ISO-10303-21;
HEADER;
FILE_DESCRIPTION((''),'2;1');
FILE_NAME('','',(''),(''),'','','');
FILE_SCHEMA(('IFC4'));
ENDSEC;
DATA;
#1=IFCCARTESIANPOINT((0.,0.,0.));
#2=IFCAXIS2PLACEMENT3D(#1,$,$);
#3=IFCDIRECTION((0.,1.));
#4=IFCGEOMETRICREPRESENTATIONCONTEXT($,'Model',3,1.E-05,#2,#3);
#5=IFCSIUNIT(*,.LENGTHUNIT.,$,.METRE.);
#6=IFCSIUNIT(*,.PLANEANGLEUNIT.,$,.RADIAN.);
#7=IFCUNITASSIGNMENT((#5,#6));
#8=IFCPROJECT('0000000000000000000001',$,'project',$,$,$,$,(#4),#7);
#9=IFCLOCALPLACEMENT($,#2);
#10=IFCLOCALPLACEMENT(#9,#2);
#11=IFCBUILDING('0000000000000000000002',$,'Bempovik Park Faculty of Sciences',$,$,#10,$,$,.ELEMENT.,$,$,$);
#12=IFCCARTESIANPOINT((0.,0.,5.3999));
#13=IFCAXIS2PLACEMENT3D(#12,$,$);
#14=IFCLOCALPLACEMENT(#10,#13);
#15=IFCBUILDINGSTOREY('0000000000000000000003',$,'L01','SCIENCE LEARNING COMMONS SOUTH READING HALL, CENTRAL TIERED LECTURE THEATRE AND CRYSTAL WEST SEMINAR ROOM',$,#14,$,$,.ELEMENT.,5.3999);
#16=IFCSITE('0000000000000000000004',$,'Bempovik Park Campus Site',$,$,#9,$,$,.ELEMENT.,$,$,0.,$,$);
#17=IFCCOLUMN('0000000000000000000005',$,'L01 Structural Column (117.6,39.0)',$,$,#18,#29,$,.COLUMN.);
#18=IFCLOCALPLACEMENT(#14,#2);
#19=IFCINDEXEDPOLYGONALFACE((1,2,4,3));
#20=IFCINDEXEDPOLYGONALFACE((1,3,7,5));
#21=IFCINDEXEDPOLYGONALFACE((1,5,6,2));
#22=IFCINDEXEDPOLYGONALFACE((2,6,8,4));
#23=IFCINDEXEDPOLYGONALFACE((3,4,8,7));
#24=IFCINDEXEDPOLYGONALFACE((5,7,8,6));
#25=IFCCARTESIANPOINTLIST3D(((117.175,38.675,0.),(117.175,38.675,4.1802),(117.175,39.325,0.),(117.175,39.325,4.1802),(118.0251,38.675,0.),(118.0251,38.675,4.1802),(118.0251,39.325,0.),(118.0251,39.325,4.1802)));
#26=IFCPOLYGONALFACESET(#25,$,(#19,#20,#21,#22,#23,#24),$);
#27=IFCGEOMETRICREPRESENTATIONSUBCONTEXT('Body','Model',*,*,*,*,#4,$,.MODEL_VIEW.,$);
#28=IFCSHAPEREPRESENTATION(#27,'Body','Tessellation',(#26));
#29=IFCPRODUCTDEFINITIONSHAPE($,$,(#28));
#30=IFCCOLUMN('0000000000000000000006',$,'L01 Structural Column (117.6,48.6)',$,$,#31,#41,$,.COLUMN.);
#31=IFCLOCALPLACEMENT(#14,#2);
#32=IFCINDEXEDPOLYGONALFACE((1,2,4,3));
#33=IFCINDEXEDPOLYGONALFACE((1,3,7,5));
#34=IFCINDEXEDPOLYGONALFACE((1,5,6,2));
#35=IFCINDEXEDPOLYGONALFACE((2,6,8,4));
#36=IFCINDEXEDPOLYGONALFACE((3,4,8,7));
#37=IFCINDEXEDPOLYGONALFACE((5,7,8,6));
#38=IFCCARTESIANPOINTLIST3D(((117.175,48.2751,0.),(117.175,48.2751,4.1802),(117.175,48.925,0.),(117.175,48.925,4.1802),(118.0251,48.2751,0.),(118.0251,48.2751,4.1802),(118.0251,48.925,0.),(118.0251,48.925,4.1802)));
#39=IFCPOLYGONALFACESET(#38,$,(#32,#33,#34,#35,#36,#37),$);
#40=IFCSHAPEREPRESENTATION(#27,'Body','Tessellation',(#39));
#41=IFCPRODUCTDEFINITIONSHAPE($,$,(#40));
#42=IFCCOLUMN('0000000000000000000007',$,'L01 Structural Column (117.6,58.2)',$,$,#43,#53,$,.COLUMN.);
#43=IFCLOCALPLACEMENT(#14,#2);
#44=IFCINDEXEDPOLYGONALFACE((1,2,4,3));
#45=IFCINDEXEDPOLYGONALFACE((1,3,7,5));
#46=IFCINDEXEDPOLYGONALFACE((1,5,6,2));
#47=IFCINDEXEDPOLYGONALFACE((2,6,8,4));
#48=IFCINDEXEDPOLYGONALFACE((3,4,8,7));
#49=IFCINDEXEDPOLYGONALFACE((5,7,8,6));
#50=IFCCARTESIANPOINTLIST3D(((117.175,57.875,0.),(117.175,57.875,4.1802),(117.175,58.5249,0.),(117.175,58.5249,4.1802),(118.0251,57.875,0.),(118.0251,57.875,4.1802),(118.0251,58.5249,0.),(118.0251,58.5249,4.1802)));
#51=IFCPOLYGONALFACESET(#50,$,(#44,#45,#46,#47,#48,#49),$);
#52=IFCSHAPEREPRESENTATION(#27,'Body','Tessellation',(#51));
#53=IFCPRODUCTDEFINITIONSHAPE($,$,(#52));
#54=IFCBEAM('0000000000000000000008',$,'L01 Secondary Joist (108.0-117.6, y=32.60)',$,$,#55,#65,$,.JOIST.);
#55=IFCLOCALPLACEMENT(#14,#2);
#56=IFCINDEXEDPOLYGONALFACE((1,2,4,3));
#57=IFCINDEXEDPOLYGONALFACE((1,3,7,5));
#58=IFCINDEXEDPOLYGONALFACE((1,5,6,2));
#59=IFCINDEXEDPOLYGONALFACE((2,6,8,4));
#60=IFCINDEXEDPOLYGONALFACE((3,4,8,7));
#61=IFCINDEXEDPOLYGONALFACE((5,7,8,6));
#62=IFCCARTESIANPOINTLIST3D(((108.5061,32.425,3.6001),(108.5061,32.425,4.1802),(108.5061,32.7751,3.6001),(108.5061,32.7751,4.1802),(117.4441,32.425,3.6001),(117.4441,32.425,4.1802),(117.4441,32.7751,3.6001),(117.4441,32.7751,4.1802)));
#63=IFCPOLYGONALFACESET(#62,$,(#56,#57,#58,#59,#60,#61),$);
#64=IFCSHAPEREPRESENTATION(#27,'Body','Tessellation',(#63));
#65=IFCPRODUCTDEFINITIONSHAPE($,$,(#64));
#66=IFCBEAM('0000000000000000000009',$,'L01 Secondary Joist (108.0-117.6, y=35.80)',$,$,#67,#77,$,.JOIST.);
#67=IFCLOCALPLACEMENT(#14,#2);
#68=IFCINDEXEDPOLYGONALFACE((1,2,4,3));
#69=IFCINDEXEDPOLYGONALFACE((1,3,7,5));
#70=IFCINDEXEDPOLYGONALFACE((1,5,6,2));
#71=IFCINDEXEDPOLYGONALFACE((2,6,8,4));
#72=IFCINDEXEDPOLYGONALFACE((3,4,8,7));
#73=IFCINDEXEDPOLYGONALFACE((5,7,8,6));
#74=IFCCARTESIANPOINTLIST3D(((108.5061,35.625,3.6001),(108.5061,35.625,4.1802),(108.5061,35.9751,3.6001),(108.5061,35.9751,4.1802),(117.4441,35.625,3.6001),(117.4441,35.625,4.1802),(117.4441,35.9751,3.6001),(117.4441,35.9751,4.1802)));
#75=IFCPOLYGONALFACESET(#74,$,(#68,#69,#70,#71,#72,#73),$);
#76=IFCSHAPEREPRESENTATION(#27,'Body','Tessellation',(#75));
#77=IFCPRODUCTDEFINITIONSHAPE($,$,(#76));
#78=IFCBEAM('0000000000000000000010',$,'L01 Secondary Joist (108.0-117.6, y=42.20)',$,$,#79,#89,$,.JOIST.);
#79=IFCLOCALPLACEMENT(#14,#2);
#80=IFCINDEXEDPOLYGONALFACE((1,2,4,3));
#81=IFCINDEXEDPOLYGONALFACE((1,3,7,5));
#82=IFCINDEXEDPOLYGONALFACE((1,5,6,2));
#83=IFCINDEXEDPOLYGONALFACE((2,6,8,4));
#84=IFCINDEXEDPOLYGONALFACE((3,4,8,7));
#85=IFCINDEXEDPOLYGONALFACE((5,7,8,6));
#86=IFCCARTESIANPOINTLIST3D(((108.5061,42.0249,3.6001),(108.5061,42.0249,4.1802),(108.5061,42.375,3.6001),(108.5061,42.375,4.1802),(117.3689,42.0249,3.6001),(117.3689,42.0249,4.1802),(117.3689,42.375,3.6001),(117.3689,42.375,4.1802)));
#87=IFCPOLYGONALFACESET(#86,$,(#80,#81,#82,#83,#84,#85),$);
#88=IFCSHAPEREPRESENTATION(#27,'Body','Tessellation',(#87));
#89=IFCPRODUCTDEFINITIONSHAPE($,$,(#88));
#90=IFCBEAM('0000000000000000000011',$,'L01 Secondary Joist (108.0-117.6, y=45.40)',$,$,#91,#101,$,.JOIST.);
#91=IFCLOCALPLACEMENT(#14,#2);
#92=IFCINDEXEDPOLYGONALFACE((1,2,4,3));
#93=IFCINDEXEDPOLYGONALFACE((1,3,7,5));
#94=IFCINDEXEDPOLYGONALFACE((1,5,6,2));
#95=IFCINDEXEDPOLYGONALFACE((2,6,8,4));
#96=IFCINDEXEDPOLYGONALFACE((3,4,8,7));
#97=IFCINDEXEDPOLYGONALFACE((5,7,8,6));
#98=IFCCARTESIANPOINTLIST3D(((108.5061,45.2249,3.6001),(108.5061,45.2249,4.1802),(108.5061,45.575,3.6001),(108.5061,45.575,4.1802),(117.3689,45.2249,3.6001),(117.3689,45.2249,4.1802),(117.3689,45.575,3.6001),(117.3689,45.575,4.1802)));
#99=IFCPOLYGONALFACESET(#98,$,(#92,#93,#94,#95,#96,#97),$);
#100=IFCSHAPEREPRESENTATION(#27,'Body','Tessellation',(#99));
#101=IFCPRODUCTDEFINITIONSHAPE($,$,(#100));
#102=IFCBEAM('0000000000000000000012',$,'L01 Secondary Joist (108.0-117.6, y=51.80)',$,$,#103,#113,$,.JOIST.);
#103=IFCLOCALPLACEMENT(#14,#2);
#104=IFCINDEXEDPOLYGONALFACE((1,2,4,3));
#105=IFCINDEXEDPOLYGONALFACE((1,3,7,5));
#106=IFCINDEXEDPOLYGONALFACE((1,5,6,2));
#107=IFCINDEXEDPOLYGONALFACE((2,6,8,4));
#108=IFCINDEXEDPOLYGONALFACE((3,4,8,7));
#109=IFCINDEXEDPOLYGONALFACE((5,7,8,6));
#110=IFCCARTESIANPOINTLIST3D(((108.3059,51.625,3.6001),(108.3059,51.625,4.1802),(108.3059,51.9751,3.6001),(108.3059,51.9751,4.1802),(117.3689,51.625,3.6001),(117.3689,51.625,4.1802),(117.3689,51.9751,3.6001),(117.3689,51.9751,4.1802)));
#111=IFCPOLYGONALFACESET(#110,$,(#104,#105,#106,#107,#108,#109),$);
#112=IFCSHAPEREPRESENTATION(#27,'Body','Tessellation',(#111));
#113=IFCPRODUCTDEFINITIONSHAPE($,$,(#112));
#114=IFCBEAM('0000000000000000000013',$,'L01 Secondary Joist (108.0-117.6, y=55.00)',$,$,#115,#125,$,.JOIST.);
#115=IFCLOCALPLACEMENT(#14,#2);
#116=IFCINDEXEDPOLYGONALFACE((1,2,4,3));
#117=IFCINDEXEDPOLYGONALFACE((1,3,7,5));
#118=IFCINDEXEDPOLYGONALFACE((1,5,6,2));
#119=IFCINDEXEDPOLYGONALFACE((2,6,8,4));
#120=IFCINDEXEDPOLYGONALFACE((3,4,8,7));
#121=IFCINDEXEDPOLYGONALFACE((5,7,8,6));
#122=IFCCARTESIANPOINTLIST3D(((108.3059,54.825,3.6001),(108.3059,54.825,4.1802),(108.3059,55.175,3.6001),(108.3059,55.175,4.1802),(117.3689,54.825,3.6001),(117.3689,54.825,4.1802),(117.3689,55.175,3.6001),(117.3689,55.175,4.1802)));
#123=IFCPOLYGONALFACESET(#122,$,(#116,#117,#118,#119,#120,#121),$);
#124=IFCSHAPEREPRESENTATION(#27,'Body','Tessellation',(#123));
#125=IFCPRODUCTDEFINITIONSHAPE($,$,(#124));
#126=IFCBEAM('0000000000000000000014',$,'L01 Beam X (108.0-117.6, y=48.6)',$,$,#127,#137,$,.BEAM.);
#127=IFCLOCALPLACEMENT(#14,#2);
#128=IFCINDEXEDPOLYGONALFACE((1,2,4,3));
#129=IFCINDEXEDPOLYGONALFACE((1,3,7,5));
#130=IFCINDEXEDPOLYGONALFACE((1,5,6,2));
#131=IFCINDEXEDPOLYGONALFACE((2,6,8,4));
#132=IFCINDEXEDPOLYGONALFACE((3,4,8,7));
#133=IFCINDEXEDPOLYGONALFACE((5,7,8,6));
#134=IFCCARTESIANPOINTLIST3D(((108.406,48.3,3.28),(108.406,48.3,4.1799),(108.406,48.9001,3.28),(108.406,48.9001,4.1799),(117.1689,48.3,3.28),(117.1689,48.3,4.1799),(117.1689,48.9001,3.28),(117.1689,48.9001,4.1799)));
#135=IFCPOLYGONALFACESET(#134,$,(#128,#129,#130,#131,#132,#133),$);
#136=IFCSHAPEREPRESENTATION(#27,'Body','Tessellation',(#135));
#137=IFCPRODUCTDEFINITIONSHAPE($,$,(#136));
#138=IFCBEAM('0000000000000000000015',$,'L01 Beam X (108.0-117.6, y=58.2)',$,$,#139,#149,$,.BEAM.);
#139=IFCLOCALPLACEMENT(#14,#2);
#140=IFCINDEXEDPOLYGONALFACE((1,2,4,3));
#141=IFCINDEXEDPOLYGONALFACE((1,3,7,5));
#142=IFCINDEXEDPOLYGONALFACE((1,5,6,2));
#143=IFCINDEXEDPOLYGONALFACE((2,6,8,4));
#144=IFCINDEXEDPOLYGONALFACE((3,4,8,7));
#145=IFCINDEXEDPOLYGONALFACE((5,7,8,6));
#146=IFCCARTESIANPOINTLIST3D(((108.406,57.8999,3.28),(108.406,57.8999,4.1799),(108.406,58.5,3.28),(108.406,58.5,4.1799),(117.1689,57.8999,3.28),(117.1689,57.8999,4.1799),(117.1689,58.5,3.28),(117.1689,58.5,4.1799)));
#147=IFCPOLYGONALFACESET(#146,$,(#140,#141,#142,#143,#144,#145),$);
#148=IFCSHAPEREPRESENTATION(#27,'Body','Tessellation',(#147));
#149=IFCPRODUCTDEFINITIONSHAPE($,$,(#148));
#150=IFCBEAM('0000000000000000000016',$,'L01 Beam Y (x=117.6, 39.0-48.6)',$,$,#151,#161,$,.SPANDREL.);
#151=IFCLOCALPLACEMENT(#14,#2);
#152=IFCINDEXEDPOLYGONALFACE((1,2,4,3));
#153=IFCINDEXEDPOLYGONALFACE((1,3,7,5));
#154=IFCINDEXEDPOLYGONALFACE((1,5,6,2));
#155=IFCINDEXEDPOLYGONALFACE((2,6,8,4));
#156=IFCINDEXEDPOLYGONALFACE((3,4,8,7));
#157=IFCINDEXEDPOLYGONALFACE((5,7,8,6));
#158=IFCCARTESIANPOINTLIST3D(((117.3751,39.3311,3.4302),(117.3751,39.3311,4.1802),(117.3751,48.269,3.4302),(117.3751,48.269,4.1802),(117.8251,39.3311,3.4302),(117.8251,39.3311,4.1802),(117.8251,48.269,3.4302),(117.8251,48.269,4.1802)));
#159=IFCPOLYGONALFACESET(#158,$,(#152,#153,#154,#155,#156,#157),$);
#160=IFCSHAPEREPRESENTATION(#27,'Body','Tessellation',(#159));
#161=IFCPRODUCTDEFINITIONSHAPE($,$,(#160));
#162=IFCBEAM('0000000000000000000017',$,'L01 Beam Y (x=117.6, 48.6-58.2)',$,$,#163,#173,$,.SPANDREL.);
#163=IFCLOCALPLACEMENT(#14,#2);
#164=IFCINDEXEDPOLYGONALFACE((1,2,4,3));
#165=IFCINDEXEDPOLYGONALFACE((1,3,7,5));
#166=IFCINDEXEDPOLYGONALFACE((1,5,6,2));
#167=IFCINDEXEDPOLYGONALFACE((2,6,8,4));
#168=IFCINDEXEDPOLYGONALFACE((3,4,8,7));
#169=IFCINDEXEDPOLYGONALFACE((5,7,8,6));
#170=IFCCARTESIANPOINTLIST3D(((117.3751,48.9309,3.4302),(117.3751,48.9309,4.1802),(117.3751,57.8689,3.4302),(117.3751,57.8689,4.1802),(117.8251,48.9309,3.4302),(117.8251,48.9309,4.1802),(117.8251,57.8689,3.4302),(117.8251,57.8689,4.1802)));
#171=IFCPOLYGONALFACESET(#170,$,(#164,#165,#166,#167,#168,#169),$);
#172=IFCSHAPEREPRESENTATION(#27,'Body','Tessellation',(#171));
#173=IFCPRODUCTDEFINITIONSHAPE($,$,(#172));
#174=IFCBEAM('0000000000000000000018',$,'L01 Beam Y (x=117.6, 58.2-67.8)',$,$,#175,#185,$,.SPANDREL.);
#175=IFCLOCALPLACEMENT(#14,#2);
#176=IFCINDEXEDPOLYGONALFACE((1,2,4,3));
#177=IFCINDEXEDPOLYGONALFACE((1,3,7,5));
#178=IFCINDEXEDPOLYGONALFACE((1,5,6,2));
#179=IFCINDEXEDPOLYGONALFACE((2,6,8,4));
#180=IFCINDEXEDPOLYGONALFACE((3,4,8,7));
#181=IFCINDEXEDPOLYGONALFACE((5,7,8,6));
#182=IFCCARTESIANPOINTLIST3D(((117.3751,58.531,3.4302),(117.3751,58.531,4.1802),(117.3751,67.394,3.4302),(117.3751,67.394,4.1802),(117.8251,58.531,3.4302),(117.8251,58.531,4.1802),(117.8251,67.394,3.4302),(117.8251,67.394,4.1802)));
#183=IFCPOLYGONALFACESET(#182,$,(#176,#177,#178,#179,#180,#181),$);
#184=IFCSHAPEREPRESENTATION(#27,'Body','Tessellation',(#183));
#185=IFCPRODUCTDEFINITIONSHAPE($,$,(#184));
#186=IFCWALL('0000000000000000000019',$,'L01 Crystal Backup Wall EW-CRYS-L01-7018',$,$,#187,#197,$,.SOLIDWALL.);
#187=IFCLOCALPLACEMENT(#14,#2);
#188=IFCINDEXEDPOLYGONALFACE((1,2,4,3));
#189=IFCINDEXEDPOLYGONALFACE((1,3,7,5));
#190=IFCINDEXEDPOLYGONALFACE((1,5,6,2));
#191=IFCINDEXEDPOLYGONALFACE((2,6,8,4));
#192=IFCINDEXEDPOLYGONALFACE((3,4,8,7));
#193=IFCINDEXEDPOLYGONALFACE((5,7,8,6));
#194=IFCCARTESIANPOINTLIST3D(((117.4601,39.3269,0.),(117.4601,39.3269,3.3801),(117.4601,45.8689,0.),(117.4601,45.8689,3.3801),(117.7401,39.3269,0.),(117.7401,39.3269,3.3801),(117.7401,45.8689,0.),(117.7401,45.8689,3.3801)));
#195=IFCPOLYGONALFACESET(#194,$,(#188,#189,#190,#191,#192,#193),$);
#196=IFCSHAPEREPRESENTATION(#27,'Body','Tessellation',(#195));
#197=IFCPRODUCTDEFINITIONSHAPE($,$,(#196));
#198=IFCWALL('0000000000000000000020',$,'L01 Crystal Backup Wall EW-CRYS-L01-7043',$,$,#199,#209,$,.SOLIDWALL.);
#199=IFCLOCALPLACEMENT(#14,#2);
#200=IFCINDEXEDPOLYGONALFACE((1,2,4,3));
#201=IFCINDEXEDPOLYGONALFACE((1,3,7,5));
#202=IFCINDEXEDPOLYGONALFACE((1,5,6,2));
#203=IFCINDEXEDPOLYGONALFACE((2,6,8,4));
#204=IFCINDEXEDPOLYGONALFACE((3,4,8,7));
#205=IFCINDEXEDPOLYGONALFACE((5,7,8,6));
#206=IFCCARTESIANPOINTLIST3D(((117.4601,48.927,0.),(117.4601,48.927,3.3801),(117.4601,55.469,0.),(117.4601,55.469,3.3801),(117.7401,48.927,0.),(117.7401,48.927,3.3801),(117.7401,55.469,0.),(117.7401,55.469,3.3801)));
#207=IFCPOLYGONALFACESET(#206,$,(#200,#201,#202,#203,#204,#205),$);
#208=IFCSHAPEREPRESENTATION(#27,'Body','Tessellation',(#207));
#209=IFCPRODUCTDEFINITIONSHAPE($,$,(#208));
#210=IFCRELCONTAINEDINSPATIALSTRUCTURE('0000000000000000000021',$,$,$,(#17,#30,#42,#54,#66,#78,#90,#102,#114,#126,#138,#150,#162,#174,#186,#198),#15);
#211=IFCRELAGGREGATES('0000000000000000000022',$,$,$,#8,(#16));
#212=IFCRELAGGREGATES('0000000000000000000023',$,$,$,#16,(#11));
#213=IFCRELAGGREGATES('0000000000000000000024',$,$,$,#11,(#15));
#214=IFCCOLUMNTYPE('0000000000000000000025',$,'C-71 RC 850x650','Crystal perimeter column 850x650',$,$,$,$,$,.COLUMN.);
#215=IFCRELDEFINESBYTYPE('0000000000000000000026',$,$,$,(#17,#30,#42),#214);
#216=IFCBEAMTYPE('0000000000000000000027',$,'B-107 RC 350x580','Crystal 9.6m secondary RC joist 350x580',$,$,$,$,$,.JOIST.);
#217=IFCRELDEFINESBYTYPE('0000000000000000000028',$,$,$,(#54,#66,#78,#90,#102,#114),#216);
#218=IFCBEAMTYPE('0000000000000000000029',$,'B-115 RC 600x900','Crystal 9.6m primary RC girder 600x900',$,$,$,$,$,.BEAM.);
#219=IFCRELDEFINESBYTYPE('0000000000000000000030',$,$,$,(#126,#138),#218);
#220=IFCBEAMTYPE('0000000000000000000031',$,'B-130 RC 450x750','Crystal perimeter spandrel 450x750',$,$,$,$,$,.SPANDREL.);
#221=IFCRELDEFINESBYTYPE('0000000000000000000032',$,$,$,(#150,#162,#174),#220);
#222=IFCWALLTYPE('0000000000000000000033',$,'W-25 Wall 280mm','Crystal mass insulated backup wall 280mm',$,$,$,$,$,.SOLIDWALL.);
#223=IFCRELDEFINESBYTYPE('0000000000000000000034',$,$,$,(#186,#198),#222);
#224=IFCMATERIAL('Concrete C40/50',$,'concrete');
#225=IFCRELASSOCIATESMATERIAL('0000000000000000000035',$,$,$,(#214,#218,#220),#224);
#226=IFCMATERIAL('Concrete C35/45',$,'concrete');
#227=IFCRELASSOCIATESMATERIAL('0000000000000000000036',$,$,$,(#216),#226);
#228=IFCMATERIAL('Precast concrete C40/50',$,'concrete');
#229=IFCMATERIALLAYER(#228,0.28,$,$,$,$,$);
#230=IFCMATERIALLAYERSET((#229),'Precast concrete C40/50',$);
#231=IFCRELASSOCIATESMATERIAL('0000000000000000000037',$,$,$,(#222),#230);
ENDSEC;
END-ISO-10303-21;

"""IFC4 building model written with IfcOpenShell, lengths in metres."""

from ifc_helpers import new_model, si_unit, direction, frame, frame_2d, origin, origin_2d, place, context, subcontext, project, spatial, rectangle, extrude, material, layer, layer_set, material_profile, profile_set, type_object, element, save


model = new_model("IFC4")

# Units and contexts
model_context = context("Model", 3, precision=1e-05, world=origin(), true_north=direction((0.0, 1.0)))
body_context = subcontext(model_context, "Body", "Model", "MODEL_VIEW")
ifc_project = project(units=[si_unit("LENGTHUNIT", "METRE"), si_unit("PLANEANGLEUNIT", "RADIAN")], contexts=[model_context])

# Site, building, storey
site_placement = place(None, origin())
site = spatial("IfcSite", under=ifc_project, at=site_placement, Name="Bempovik Park Campus Site", CompositionType="ELEMENT", RefElevation=0.0)
building_placement = place(site_placement, origin())
building = spatial("IfcBuilding", under=site, at=building_placement, Name="Bempovik Park Faculty of Sciences", CompositionType="ELEMENT")
storey_placement = place(building_placement, frame((0.0, 0.0, 5.3999)))
storey = spatial("IfcBuildingStorey", under=building, at=storey_placement, Name="L01", Description="SCIENCE LEARNING COMMONS SOUTH READING HALL, CENTRAL TIERED LECTURE THEATRE AND CRYSTAL WEST SEMINAR ROOM", CompositionType="ELEMENT", Elevation=5.3999)

# Columns
ifc_material_1 = material(Name="Concrete C40/50", Category="concrete")
ifc_material_profile_1 = material_profile(ifc_material_1, rectangle(XDim=0.8501, YDim=0.6499, at=origin_2d()), Name="RC 850x650")
ifc_profile_set_1 = profile_set([ifc_material_profile_1], Name="Concrete C40/50")
column_type = type_object("IfcColumnType", Name="C-71 RC 850x650", Description="Crystal perimeter column 850x650", PredefinedType="COLUMN", material=ifc_profile_set_1)
for number, where, z_axis, x_axis, name in (
    (1, (117.6001, 39.0, 0.0), (0.0, 0.0, 1.0), (1.0, 0.0, 0.0), "L01 Structural Column (117.6,39.0)"),
    (2, (117.6001, 48.6001, 0.0), (0.0, 0.0, 1.0), (1.0, 0.0, 0.0), "L01 Structural Column (117.6,48.6)"),
    (3, (117.6001, 58.2, 0.0), (0.0, 0.0, 1.0), (1.0, 0.0, 0.0), "L01 Structural Column (117.6,58.2)"),
):
    element("IfcColumn", number, at=place(storey_placement, frame(where, z_axis=z_axis, x_axis=x_axis)), inside=storey, type_object=column_type, Name=name, PredefinedType="COLUMN", context=body_context, shape_type="SweptSolid", body=[
        extrude(rectangle(XDim=0.8501, YDim=0.6499, at=origin_2d()), origin(), (0.0, 0.0, 1.0), 4.1802),
    ])

# Beams
ifc_material_2 = material(Name="Concrete C35/45", Category="concrete")
ifc_material_profile_2 = material_profile(ifc_material_2, rectangle(XDim=0.3501, YDim=0.5801, at=origin_2d()), Name="RC 350x580")
ifc_profile_set_2 = profile_set([ifc_material_profile_2], Name="Concrete C35/45")
beam_type_1 = type_object("IfcBeamType", Name="B-107 RC 350x580", Description="Crystal 9.6m secondary RC joist 350x580", PredefinedType="JOIST", material=ifc_profile_set_2)
for number, where, z_axis, x_axis, name in (
    (4, (108.5061, 32.6001, 3.8901), (1.0, 0.0, 0.0), (0.0, 1.0, 0.0), "L01 Secondary Joist (108.0-117.6, y=32.60)"),
    (5, (108.5061, 35.8, 3.8901), (1.0, 0.0, 0.0), (0.0, 1.0, 0.0), "L01 Secondary Joist (108.0-117.6, y=35.80)"),
):
    element("IfcBeam", number, at=place(storey_placement, frame(where, z_axis=z_axis, x_axis=x_axis)), inside=storey, type_object=beam_type_1, Name=name, PredefinedType="JOIST", context=body_context, shape_type="SweptSolid", body=[
        extrude(rectangle(XDim=0.3501, YDim=0.5801, at=origin_2d()), origin(), (0.0, 0.0, 1.0), 8.938),
    ])
for number, where, z_axis, x_axis, name in (
    (6, (108.5061, 42.2, 3.8901), (1.0, 0.0, 0.0), (0.0, 1.0, 0.0), "L01 Secondary Joist (108.0-117.6, y=42.20)"),
    (7, (108.5061, 45.3999, 3.8901), (1.0, 0.0, 0.0), (0.0, 1.0, 0.0), "L01 Secondary Joist (108.0-117.6, y=45.40)"),
):
    element("IfcBeam", number, at=place(storey_placement, frame(where, z_axis=z_axis, x_axis=x_axis)), inside=storey, type_object=beam_type_1, Name=name, PredefinedType="JOIST", context=body_context, shape_type="SweptSolid", body=[
        extrude(rectangle(XDim=0.3501, YDim=0.5801, at=origin_2d()), origin(), (0.0, 0.0, 1.0), 8.8628),
    ])
for number, where, z_axis, x_axis, name in (
    (8, (108.3059, 51.8, 3.8901), (1.0, 0.0, 0.0), (0.0, 1.0, 0.0), "L01 Secondary Joist (108.0-117.6, y=51.80)"),
    (9, (108.3059, 55.0, 3.8901), (1.0, 0.0, 0.0), (0.0, 1.0, 0.0), "L01 Secondary Joist (108.0-117.6, y=55.00)"),
):
    element("IfcBeam", number, at=place(storey_placement, frame(where, z_axis=z_axis, x_axis=x_axis)), inside=storey, type_object=beam_type_1, Name=name, PredefinedType="JOIST", context=body_context, shape_type="SweptSolid", body=[
        extrude(rectangle(XDim=0.3501, YDim=0.5801, at=origin_2d()), origin(), (0.0, 0.0, 1.0), 9.063),
    ])
ifc_material_profile_3 = material_profile(ifc_material_1, rectangle(XDim=0.6001, YDim=0.8999, at=origin_2d()), Name="RC 600x900")
ifc_profile_set_3 = profile_set([ifc_material_profile_3], Name="Concrete C40/50")
beam_type_2 = type_object("IfcBeamType", Name="B-115 RC 600x900", Description="Crystal 9.6m primary RC girder 600x900", PredefinedType="BEAM", material=ifc_profile_set_3)
for number, where, z_axis, x_axis, name in (
    (10, (108.406, 48.6001, 3.73), (1.0, 0.0, 0.0), (0.0, 1.0, 0.0), "L01 Beam X (108.0-117.6, y=48.6)"),
    (11, (108.406, 58.2, 3.73), (1.0, 0.0, 0.0), (0.0, 1.0, 0.0), "L01 Beam X (108.0-117.6, y=58.2)"),
):
    element("IfcBeam", number, at=place(storey_placement, frame(where, z_axis=z_axis, x_axis=x_axis)), inside=storey, type_object=beam_type_2, Name=name, PredefinedType="BEAM", context=body_context, shape_type="SweptSolid", body=[
        extrude(rectangle(XDim=0.6001, YDim=0.8999, at=origin_2d()), origin(), (0.0, 0.0, 1.0), 8.7629),
    ])
ifc_material_profile_4 = material_profile(ifc_material_1, rectangle(XDim=0.45, YDim=0.75, at=origin_2d()), Name="RC 450x750")
ifc_profile_set_4 = profile_set([ifc_material_profile_4], Name="Concrete C40/50")
beam_type_3 = type_object("IfcBeamType", Name="B-130 RC 450x750", Description="Crystal perimeter spandrel 450x750", PredefinedType="SPANDREL", material=ifc_profile_set_4)
for number, where, z_axis, x_axis, name in (
    (12, (117.6001, 39.3311, 3.8052), (0.0, 1.0, 0.0), (-1.0, 0.0, 0.0), "L01 Beam Y (x=117.6, 39.0-48.6)"),
    (13, (117.6001, 48.9309, 3.8052), (0.0, 1.0, 0.0), (-1.0, 0.0, 0.0), "L01 Beam Y (x=117.6, 48.6-58.2)"),
):
    element("IfcBeam", number, at=place(storey_placement, frame(where, z_axis=z_axis, x_axis=x_axis)), inside=storey, type_object=beam_type_3, Name=name, PredefinedType="SPANDREL", context=body_context, shape_type="SweptSolid", body=[
        extrude(rectangle(XDim=0.45, YDim=0.75, at=origin_2d()), origin(), (0.0, 0.0, 1.0), 8.938),
    ])
beam_placement = place(storey_placement, frame((117.6001, 58.531, 3.8052), z_axis=(0.0, 1.0, 0.0), x_axis=(-1.0, 0.0, 0.0)))
element("IfcBeam", 14, at=beam_placement, inside=storey, type_object=beam_type_3, Name="L01 Beam Y (x=117.6, 58.2-67.8)", PredefinedType="SPANDREL", context=body_context, shape_type="SweptSolid", body=[
    extrude(rectangle(XDim=0.45, YDim=0.75, at=origin_2d()), origin(), (0.0, 0.0, 1.0), 8.863),
])

# Walls
ifc_material_3 = material(Name="Precast concrete C40/50", Category="concrete")
ifc_layer_1 = layer(ifc_material_3, 0.28)
ifc_layer_set_1 = layer_set([ifc_layer_1], Name="Precast concrete C40/50")
wall_type_1 = type_object("IfcWallType", Name="W-25 Wall 280mm", Description="Crystal mass insulated backup wall 280mm", PredefinedType="SOLIDWALL", material=ifc_layer_set_1)
for number, where, z_axis, x_axis, name in (
    (15, (117.6001, 39.3269, 0.0), (0.0, 0.0, 1.0), (0.0, 1.0, 0.0), "L01 Crystal Backup Wall EW-CRYS-L01-7018"),
    (16, (117.6001, 48.927, 0.0), (0.0, 0.0, 1.0), (0.0, 1.0, 0.0), "L01 Crystal Backup Wall EW-CRYS-L01-7043"),
):
    element("IfcWall", number, at=place(storey_placement, frame(where, z_axis=z_axis, x_axis=x_axis)), inside=storey, type_object=wall_type_1, Name=name, PredefinedType="SOLIDWALL", context=body_context, shape_type="SweptSolid", body=[
        extrude(rectangle(XDim=6.542, YDim=0.28, at=frame_2d((3.271, 0.0))), origin(), (0.0, 0.0, 1.0), 3.3801),
    ])

save(model, "model.ifc")
